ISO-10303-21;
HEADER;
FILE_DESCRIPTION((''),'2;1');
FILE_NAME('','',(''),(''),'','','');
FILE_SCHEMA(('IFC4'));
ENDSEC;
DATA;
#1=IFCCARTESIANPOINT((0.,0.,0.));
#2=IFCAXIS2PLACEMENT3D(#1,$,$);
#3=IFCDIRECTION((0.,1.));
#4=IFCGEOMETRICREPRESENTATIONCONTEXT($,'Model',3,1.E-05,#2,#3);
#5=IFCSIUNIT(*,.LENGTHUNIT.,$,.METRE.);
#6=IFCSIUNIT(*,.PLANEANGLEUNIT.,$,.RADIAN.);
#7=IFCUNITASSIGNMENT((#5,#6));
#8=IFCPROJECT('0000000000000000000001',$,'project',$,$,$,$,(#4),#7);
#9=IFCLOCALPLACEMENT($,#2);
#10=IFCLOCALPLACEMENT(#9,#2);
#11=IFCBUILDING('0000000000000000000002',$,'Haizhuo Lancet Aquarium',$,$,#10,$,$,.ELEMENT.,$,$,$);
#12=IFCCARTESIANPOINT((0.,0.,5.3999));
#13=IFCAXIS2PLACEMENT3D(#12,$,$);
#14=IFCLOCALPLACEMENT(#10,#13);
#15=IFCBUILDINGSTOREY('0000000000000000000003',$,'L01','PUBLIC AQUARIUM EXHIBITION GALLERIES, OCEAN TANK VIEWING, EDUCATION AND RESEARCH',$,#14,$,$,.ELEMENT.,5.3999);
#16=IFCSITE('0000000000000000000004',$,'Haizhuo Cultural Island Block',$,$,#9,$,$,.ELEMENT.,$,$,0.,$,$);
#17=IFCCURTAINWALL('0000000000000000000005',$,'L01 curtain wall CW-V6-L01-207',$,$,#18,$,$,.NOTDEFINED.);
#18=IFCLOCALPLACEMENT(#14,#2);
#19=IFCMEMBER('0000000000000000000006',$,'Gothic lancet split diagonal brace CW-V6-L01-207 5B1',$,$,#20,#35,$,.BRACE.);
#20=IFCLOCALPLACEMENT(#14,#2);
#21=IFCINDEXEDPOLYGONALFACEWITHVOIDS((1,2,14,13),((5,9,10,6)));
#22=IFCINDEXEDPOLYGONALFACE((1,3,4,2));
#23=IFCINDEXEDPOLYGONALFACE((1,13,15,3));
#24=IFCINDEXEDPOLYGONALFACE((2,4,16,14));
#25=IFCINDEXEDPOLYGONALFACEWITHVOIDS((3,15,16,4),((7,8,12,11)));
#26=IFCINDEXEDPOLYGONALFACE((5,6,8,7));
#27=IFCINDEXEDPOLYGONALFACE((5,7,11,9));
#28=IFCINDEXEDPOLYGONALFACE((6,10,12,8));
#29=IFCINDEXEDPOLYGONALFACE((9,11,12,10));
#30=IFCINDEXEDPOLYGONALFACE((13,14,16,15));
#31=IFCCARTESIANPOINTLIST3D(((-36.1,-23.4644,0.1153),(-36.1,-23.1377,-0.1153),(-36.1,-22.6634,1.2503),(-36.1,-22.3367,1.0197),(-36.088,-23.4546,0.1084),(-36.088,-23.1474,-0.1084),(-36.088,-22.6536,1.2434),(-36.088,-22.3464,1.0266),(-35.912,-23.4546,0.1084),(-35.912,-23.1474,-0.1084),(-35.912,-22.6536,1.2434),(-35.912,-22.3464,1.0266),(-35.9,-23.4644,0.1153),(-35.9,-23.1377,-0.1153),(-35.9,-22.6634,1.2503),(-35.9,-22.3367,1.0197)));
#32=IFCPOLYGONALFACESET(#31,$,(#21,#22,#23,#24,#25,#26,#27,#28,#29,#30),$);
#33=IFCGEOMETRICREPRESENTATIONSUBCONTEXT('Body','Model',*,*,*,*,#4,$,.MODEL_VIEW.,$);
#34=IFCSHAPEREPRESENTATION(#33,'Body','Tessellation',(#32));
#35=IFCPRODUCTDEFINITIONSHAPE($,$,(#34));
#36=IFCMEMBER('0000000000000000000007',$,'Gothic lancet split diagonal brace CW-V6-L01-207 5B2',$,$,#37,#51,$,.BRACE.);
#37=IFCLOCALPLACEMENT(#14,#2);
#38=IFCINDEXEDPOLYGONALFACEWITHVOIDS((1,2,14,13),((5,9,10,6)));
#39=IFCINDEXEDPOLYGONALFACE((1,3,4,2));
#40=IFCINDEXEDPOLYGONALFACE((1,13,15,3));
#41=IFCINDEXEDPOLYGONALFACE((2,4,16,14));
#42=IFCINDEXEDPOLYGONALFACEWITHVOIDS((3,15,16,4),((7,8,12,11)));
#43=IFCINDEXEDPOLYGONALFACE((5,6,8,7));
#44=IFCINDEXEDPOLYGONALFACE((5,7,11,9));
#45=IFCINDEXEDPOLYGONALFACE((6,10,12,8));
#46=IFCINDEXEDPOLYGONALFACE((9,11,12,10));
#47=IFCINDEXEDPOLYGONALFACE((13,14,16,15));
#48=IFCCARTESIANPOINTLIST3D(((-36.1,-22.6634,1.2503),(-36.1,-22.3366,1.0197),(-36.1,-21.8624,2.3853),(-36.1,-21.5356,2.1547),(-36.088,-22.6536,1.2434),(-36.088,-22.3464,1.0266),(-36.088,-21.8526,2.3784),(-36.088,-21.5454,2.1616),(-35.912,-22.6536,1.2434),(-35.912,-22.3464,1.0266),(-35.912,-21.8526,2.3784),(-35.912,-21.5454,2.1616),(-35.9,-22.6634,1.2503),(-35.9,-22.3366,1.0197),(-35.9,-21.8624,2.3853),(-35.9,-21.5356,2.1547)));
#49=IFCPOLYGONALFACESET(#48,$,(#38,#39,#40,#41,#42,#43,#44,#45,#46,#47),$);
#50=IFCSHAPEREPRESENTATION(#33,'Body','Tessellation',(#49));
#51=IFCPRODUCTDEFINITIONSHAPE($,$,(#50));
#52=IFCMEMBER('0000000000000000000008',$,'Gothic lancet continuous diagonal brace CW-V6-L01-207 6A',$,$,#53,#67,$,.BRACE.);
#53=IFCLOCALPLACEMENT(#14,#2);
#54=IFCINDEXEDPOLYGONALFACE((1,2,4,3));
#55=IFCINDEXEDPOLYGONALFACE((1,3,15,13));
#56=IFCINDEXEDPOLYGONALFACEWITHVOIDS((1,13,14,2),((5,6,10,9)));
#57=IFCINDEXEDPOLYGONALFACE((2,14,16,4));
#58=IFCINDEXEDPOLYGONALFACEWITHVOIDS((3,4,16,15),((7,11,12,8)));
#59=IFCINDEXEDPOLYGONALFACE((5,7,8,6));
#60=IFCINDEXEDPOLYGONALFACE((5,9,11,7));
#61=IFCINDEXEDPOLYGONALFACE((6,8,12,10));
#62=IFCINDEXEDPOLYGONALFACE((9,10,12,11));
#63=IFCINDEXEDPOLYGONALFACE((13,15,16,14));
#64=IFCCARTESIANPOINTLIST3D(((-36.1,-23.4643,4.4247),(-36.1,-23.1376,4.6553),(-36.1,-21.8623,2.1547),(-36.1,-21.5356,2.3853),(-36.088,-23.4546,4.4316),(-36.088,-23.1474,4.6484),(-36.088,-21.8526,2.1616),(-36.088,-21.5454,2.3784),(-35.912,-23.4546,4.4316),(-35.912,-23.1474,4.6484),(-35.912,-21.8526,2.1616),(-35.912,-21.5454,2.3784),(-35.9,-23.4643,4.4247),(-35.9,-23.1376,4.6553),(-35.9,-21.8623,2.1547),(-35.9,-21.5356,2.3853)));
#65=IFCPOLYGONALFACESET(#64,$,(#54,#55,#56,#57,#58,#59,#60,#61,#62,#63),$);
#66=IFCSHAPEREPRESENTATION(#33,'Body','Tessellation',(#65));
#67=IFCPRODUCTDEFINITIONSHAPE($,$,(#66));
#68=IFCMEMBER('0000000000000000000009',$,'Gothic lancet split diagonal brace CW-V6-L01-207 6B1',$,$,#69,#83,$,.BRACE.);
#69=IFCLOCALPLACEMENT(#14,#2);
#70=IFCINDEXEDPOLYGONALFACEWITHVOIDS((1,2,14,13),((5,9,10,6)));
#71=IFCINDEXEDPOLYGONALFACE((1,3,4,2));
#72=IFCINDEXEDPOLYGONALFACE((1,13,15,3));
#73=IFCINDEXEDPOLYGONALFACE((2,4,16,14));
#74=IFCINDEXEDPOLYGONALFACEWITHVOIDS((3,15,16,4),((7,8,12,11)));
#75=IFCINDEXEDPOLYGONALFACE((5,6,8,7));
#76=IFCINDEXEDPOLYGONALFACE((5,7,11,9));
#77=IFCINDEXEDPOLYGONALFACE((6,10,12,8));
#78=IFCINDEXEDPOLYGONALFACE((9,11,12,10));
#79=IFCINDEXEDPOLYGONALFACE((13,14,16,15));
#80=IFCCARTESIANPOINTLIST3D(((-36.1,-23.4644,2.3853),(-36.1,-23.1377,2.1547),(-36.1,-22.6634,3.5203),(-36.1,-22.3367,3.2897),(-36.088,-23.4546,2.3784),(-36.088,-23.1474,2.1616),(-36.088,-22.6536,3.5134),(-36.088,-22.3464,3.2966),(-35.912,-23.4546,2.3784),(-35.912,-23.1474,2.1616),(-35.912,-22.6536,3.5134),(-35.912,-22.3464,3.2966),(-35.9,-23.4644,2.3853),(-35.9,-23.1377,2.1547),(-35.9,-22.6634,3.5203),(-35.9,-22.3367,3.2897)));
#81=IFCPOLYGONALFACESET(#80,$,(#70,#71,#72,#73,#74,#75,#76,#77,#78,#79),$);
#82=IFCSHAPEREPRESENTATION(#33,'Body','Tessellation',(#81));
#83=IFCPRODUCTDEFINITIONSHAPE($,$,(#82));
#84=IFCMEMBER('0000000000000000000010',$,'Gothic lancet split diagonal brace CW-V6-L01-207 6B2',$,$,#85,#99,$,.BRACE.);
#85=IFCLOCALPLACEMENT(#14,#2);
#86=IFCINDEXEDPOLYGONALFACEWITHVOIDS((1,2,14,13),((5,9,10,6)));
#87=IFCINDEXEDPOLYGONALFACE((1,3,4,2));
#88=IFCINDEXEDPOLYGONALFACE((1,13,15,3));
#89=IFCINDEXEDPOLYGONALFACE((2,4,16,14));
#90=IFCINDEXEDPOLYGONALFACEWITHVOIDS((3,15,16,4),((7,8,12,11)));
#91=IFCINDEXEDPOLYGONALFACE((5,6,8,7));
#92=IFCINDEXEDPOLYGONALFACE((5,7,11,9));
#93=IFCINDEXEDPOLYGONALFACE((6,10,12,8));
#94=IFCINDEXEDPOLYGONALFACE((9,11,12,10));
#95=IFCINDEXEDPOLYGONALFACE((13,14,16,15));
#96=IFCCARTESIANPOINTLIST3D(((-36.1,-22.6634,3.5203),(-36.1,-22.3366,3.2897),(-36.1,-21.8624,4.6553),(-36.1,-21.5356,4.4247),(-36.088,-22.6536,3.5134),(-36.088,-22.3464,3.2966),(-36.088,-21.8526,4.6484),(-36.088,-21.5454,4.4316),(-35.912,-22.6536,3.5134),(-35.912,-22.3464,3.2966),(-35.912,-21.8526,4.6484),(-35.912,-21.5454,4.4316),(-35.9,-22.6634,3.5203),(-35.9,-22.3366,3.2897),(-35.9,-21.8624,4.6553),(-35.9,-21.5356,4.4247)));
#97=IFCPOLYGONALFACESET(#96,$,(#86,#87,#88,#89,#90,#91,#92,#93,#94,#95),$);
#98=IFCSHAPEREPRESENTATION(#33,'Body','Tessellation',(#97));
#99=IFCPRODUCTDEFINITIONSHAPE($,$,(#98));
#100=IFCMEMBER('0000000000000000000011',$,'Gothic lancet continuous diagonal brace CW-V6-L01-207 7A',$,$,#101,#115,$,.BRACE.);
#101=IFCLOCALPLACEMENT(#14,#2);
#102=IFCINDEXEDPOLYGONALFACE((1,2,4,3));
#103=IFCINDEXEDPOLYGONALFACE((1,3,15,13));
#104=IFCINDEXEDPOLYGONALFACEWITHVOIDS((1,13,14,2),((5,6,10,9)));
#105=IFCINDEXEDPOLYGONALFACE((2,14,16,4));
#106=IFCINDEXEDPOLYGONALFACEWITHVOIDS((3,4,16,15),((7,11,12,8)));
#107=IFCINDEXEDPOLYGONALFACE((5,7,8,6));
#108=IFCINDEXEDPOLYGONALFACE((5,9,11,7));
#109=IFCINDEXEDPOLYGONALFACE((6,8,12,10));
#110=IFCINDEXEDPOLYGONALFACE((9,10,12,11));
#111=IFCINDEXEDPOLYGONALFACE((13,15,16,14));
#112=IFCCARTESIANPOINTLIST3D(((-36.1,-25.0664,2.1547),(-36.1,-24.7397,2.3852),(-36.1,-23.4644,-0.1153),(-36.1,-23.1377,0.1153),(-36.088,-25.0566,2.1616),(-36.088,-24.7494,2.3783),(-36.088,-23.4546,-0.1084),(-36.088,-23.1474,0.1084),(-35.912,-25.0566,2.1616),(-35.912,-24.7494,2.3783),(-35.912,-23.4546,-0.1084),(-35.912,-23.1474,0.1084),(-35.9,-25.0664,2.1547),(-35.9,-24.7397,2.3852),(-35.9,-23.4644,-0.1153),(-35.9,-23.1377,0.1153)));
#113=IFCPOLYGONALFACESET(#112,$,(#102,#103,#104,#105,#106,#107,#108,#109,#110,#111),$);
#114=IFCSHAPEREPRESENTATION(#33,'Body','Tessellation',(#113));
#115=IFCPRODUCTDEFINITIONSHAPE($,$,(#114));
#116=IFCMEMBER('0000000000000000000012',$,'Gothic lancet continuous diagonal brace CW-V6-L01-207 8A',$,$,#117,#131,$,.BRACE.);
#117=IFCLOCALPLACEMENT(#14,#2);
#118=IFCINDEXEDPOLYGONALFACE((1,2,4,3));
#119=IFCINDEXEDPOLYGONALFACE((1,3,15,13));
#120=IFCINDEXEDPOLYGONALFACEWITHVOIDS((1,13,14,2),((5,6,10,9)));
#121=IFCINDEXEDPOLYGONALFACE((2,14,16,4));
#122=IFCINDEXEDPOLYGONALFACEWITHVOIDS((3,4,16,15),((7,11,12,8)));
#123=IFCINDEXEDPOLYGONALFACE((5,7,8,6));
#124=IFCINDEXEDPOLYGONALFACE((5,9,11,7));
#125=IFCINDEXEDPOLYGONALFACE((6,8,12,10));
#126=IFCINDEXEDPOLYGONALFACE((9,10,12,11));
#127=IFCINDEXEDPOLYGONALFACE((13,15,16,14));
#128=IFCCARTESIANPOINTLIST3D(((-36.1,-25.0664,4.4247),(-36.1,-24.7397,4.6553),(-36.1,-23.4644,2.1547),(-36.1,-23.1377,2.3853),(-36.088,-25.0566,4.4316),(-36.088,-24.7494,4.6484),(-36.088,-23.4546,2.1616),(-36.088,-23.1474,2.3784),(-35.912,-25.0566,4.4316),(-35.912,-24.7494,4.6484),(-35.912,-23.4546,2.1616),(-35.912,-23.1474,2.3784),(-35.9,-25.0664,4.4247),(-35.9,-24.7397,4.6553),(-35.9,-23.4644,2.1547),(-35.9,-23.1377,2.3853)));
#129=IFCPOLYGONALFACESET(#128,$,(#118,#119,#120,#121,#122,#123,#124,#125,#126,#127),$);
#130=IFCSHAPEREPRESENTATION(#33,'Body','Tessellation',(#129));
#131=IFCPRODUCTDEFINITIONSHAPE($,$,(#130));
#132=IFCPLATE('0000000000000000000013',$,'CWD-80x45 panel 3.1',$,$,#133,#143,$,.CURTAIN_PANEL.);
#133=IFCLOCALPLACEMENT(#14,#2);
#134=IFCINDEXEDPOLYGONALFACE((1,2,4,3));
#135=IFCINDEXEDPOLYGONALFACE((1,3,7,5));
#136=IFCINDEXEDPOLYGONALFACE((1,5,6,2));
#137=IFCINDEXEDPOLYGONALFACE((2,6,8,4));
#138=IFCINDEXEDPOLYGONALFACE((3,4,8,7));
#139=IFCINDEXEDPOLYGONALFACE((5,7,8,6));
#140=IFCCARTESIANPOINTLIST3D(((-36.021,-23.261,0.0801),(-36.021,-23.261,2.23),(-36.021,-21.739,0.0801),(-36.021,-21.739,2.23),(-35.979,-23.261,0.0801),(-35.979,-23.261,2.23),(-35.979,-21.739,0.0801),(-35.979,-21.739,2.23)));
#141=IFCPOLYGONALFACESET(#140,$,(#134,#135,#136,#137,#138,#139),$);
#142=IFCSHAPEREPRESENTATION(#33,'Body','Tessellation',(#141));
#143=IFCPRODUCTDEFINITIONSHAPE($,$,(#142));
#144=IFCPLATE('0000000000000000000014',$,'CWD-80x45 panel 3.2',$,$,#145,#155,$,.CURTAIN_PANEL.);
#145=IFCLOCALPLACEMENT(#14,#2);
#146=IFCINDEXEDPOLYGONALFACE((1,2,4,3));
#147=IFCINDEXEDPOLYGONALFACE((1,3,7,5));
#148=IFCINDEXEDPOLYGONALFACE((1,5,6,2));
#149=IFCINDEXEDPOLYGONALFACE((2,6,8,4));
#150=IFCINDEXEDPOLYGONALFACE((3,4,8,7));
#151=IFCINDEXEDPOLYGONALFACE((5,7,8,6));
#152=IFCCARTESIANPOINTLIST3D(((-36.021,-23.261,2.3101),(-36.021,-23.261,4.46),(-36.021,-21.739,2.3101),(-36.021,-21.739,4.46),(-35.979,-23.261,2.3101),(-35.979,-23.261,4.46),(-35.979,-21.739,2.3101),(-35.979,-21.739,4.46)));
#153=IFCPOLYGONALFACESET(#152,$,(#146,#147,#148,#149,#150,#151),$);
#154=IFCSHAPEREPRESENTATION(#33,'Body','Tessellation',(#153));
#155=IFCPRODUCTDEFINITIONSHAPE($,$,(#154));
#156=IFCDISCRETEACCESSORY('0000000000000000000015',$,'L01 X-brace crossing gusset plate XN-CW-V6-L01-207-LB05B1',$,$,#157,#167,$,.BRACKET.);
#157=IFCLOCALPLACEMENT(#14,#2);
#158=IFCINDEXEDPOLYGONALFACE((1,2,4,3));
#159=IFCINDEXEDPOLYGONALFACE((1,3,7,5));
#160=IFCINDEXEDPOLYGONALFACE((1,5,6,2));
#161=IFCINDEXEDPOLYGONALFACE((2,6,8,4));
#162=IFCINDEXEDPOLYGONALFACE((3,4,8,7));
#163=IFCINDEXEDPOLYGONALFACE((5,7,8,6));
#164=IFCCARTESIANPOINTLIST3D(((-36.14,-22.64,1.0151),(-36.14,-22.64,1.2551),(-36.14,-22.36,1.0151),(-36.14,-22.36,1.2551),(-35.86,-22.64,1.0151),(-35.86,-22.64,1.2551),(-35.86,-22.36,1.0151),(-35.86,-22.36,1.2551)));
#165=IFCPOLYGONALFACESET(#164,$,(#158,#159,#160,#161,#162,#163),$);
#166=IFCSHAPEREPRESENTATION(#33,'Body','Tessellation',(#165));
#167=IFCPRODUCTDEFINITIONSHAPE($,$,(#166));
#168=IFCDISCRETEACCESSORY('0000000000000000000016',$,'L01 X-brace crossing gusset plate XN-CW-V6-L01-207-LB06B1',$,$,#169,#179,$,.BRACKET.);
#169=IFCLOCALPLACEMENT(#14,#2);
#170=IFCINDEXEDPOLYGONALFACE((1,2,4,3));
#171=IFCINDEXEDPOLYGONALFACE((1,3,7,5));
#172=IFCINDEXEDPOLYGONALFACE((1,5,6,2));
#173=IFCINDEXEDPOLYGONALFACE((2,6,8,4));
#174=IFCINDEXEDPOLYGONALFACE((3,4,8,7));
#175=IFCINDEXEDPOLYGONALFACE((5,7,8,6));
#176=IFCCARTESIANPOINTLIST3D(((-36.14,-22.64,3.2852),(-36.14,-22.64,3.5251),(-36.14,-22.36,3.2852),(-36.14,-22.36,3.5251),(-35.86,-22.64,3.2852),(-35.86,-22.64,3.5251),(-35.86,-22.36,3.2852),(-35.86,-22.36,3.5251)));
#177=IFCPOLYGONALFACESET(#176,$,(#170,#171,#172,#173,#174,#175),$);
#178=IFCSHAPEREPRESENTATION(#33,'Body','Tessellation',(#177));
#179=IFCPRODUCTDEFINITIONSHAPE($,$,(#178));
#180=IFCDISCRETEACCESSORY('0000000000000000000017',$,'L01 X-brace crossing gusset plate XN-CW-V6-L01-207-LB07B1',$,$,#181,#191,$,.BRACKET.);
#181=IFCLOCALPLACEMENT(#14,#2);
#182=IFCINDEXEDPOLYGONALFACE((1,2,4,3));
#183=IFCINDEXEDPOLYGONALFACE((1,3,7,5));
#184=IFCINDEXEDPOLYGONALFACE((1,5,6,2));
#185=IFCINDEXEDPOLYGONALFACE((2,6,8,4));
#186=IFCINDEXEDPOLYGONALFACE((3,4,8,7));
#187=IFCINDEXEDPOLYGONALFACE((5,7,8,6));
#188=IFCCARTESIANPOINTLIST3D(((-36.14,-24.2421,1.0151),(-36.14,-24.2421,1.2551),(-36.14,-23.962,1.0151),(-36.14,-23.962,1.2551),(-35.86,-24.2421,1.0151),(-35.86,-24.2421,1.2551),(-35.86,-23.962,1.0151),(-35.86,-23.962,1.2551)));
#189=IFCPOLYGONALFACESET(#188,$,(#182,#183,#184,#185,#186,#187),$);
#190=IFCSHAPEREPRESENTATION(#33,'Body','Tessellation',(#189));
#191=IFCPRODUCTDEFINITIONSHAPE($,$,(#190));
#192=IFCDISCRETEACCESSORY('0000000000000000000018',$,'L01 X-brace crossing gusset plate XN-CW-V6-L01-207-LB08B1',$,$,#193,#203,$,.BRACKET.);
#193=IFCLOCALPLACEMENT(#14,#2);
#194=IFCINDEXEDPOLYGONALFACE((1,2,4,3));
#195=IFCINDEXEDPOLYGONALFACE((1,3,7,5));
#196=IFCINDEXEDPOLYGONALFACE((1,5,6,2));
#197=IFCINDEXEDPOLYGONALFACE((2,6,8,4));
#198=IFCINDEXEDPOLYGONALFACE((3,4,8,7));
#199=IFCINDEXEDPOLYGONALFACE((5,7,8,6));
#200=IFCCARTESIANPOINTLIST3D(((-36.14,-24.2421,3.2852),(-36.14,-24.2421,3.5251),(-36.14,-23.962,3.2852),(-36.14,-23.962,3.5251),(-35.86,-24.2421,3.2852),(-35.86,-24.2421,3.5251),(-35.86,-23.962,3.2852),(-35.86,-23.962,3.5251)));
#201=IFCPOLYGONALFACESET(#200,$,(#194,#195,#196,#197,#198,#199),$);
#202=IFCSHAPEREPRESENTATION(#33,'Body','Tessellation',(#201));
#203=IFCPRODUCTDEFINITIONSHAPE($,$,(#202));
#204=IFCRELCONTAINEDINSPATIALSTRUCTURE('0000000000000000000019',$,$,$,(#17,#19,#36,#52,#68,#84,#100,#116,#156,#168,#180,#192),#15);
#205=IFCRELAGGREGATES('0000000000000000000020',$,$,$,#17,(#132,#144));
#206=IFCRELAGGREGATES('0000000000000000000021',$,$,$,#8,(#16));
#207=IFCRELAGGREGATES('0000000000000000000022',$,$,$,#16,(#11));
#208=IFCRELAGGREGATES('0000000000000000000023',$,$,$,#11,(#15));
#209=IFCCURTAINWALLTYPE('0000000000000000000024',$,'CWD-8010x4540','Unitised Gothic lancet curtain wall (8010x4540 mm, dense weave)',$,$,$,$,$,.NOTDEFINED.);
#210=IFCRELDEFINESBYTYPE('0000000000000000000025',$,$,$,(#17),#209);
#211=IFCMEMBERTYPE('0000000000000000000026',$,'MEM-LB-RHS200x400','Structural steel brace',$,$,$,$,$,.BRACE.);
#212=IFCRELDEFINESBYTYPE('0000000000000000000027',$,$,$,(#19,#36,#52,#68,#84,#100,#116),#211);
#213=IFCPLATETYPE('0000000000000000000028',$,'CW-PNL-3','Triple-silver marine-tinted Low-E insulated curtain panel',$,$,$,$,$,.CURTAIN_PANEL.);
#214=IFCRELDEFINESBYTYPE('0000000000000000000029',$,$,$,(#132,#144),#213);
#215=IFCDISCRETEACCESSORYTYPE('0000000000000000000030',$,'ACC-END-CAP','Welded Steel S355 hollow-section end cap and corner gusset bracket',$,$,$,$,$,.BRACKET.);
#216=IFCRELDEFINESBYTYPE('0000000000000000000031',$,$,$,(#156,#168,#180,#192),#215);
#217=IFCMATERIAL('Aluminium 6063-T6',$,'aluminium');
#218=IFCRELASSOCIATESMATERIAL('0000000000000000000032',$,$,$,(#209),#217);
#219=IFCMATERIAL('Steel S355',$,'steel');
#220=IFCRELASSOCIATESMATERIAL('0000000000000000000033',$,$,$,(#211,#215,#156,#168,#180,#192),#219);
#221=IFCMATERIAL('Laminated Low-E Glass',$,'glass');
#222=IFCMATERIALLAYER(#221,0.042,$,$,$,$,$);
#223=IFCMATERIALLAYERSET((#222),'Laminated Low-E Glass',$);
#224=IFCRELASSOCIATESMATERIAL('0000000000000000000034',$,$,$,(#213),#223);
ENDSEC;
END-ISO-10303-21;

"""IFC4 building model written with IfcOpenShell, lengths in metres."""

from ifc_helpers import new_model, si_unit, direction, frame, origin, origin_2d, place, context, subcontext, project, spatial, rectangle, hollow_rectangle, extrude, material, layer, layer_set, material_profile, profile_set, type_object, element, aggregate, save


model = new_model("IFC4")

# Units and contexts
model_context = context("Model", 3, precision=1e-05, world=origin(), true_north=direction((0.0, 1.0)))
body_context = subcontext(model_context, "Body", "Model", "MODEL_VIEW")
ifc_project = project(units=[si_unit("LENGTHUNIT", "METRE"), si_unit("PLANEANGLEUNIT", "RADIAN")], contexts=[model_context])

# Site, building, storey
site_placement = place(None, origin())
site = spatial("IfcSite", under=ifc_project, at=site_placement, Name="Haizhuo Cultural Island Block", CompositionType="ELEMENT", RefElevation=0.0)
building_placement = place(site_placement, origin())
building = spatial("IfcBuilding", under=site, at=building_placement, Name="Haizhuo Lancet Aquarium", CompositionType="ELEMENT")
storey_placement = place(building_placement, frame((0.0, 0.0, 5.3999)))
storey = spatial("IfcBuildingStorey", under=building, at=storey_placement, Name="L01", Description="PUBLIC AQUARIUM EXHIBITION GALLERIES, OCEAN TANK VIEWING, EDUCATION AND RESEARCH", CompositionType="ELEMENT", Elevation=5.3999)

# Curtain wall
ifc_material_1 = material(Name="Aluminium 6063-T6", Category="aluminium")
curtain_wall_type = type_object("IfcCurtainWallType", Name="CWD-8010x4540", Description="Unitised Gothic lancet curtain wall (8010x4540 mm, dense weave)", PredefinedType="NOTDEFINED", material=ifc_material_1)
curtain_wall_placement = place(storey_placement, origin())
curtain_wall = element("IfcCurtainWall", 1, at=curtain_wall_placement, inside=storey, type_object=curtain_wall_type, Name="L01 curtain wall CW-V6-L01-207", PredefinedType="NOTDEFINED")

# Members
ifc_material_2 = material(Name="Steel S355", Category="steel")
ifc_material_profile_1 = material_profile(ifc_material_2, hollow_rectangle(XDim=0.2, YDim=0.3999, WallThickness=0.012, at=origin_2d()), Name="RHS 200x400x12")
ifc_profile_set_1 = profile_set([ifc_material_profile_1], Name="Steel S355")
member_type_1 = type_object("IfcMemberType", Name="MEM-LB-RHS200x400", Description="Structural steel brace", PredefinedType="BRACE", material=ifc_profile_set_1)
for number, where, z_axis, x_axis, name in (
    (2, (-36.0, -23.301, 0.0), (0.0, 0.576607, 0.817021), (-1.0, 0.0, 0.0), "Gothic lancet split diagonal brace CW-V6-L01-207 5B1"),
    (3, (-36.0, -22.5, 1.135), (0.0, 0.576607, 0.817021), (-1.0, 0.0, 0.0), "Gothic lancet split diagonal brace CW-V6-L01-207 5B2"),
):
    element("IfcMember", number, at=place(storey_placement, frame(where, z_axis=z_axis, x_axis=x_axis)), inside=storey, type_object=member_type_1, Name=name, PredefinedType="BRACE", context=body_context, shape_type="SweptSolid", body=[
        extrude(hollow_rectangle(XDim=0.2, YDim=0.3999, WallThickness=0.012, at=origin_2d()), origin(), (0.0, 0.0, 1.0), 1.3892),
    ])
member_1_placement = place(storey_placement, frame((-36.0, -21.699, 2.27), z_axis=(0.0, -0.576607, 0.817021), x_axis=(1.0, 0.0, 0.0)))
element("IfcMember", 4, at=member_1_placement, inside=storey, type_object=member_type_1, Name="Gothic lancet continuous diagonal brace CW-V6-L01-207 6A", PredefinedType="BRACE", context=body_context, shape_type="SweptSolid", body=[
    extrude(hollow_rectangle(XDim=0.2, YDim=0.3999, WallThickness=0.012, at=origin_2d()), origin(), (0.0, 0.0, 1.0), 2.7783),
])
for number, where, z_axis, x_axis, name in (
    (5, (-36.0, -23.301, 2.27), (0.0, 0.576607, 0.817021), (-1.0, 0.0, 0.0), "Gothic lancet split diagonal brace CW-V6-L01-207 6B1"),
    (6, (-36.0, -22.5, 3.405), (0.0, 0.576607, 0.817021), (-1.0, 0.0, 0.0), "Gothic lancet split diagonal brace CW-V6-L01-207 6B2"),
):
    element("IfcMember", number, at=place(storey_placement, frame(where, z_axis=z_axis, x_axis=x_axis)), inside=storey, type_object=member_type_1, Name=name, PredefinedType="BRACE", context=body_context, shape_type="SweptSolid", body=[
        extrude(hollow_rectangle(XDim=0.2, YDim=0.3999, WallThickness=0.012, at=origin_2d()), origin(), (0.0, 0.0, 1.0), 1.3892),
    ])
for number, where, z_axis, x_axis, name in (
    (7, (-36.0, -23.301, 0.0), (0.0, -0.576607, 0.817021), (1.0, 0.0, 0.0), "Gothic lancet continuous diagonal brace CW-V6-L01-207 7A"),
    (8, (-36.0, -23.301, 2.27), (0.0, -0.576607, 0.817021), (1.0, 0.0, 0.0), "Gothic lancet continuous diagonal brace CW-V6-L01-207 8A"),
):
    element("IfcMember", number, at=place(storey_placement, frame(where, z_axis=z_axis, x_axis=x_axis)), inside=storey, type_object=member_type_1, Name=name, PredefinedType="BRACE", context=body_context, shape_type="SweptSolid", body=[
        extrude(hollow_rectangle(XDim=0.2, YDim=0.3999, WallThickness=0.012, at=origin_2d()), origin(), (0.0, 0.0, 1.0), 2.7783),
    ])

# Plates
ifc_material_3 = material(Name="Laminated Low-E Glass", Category="glass")
ifc_layer = layer(ifc_material_3, 0.042)
ifc_layer_set = layer_set([ifc_layer], Name="Laminated Low-E Glass")
plate_type = type_object("IfcPlateType", Name="CW-PNL-3", Description="Triple-silver marine-tinted Low-E insulated curtain panel", PredefinedType="CURTAIN_PANEL", material=ifc_layer_set)
plate_1_placement = place(storey_placement, frame((-36.0, -22.5, 0.0801), z_axis=(0.0, 0.0, 1.0), x_axis=(0.0, -1.0, 0.0)))
plate_1 = element("IfcPlate", 9, at=plate_1_placement, type_object=plate_type, Name="CWD-80x45 panel 3.1", PredefinedType="CURTAIN_PANEL", context=body_context, shape_type="SweptSolid", body=[
    extrude(rectangle(XDim=1.522, YDim=0.042, at=origin_2d()), origin(), (0.0, 0.0, 1.0), 2.1499),
])
plate_2_placement = place(storey_placement, frame((-36.0, -22.5, 2.3101), z_axis=(0.0, 0.0, 1.0), x_axis=(0.0, -1.0, 0.0)))
plate_2 = element("IfcPlate", 10, at=plate_2_placement, type_object=plate_type, Name="CWD-80x45 panel 3.2", PredefinedType="CURTAIN_PANEL", context=body_context, shape_type="SweptSolid", body=[
    extrude(rectangle(XDim=1.522, YDim=0.042, at=origin_2d()), origin(), (0.0, 0.0, 1.0), 2.1499),
])
aggregate(curtain_wall, [plate_1, plate_2])

# Discrete accessories
discrete_accessory_type = type_object("IfcDiscreteAccessoryType", Name="ACC-END-CAP", Description="Welded Steel S355 hollow-section end cap and corner gusset bracket", PredefinedType="BRACKET", material=ifc_material_2)
for number, where, z_axis, x_axis, name in (
    (11, (-36.0, -22.5, 1.0151), (0.0, 0.0, 1.0), (1.0, 0.0, 0.0), "L01 X-brace crossing gusset plate XN-CW-V6-L01-207-LB05B1"),
    (12, (-36.0, -22.5, 3.2852), (0.0, 0.0, 1.0), (1.0, 0.0, 0.0), "L01 X-brace crossing gusset plate XN-CW-V6-L01-207-LB06B1"),
    (13, (-36.0, -24.1021, 1.0151), (0.0, 0.0, 1.0), (1.0, 0.0, 0.0), "L01 X-brace crossing gusset plate XN-CW-V6-L01-207-LB07B1"),
    (14, (-36.0, -24.1021, 3.2852), (0.0, 0.0, 1.0), (1.0, 0.0, 0.0), "L01 X-brace crossing gusset plate XN-CW-V6-L01-207-LB08B1"),
):
    element("IfcDiscreteAccessory", number, at=place(storey_placement, frame(where, z_axis=z_axis, x_axis=x_axis)), inside=storey, type_object=discrete_accessory_type, material=ifc_material_2, Name=name, PredefinedType="BRACKET", context=body_context, shape_type="SweptSolid", body=[
        extrude(rectangle(XDim=0.28, YDim=0.28, at=origin_2d()), origin(), (0.0, 0.0, 1.0), 0.24),
    ])

save(model, "model.ifc")
